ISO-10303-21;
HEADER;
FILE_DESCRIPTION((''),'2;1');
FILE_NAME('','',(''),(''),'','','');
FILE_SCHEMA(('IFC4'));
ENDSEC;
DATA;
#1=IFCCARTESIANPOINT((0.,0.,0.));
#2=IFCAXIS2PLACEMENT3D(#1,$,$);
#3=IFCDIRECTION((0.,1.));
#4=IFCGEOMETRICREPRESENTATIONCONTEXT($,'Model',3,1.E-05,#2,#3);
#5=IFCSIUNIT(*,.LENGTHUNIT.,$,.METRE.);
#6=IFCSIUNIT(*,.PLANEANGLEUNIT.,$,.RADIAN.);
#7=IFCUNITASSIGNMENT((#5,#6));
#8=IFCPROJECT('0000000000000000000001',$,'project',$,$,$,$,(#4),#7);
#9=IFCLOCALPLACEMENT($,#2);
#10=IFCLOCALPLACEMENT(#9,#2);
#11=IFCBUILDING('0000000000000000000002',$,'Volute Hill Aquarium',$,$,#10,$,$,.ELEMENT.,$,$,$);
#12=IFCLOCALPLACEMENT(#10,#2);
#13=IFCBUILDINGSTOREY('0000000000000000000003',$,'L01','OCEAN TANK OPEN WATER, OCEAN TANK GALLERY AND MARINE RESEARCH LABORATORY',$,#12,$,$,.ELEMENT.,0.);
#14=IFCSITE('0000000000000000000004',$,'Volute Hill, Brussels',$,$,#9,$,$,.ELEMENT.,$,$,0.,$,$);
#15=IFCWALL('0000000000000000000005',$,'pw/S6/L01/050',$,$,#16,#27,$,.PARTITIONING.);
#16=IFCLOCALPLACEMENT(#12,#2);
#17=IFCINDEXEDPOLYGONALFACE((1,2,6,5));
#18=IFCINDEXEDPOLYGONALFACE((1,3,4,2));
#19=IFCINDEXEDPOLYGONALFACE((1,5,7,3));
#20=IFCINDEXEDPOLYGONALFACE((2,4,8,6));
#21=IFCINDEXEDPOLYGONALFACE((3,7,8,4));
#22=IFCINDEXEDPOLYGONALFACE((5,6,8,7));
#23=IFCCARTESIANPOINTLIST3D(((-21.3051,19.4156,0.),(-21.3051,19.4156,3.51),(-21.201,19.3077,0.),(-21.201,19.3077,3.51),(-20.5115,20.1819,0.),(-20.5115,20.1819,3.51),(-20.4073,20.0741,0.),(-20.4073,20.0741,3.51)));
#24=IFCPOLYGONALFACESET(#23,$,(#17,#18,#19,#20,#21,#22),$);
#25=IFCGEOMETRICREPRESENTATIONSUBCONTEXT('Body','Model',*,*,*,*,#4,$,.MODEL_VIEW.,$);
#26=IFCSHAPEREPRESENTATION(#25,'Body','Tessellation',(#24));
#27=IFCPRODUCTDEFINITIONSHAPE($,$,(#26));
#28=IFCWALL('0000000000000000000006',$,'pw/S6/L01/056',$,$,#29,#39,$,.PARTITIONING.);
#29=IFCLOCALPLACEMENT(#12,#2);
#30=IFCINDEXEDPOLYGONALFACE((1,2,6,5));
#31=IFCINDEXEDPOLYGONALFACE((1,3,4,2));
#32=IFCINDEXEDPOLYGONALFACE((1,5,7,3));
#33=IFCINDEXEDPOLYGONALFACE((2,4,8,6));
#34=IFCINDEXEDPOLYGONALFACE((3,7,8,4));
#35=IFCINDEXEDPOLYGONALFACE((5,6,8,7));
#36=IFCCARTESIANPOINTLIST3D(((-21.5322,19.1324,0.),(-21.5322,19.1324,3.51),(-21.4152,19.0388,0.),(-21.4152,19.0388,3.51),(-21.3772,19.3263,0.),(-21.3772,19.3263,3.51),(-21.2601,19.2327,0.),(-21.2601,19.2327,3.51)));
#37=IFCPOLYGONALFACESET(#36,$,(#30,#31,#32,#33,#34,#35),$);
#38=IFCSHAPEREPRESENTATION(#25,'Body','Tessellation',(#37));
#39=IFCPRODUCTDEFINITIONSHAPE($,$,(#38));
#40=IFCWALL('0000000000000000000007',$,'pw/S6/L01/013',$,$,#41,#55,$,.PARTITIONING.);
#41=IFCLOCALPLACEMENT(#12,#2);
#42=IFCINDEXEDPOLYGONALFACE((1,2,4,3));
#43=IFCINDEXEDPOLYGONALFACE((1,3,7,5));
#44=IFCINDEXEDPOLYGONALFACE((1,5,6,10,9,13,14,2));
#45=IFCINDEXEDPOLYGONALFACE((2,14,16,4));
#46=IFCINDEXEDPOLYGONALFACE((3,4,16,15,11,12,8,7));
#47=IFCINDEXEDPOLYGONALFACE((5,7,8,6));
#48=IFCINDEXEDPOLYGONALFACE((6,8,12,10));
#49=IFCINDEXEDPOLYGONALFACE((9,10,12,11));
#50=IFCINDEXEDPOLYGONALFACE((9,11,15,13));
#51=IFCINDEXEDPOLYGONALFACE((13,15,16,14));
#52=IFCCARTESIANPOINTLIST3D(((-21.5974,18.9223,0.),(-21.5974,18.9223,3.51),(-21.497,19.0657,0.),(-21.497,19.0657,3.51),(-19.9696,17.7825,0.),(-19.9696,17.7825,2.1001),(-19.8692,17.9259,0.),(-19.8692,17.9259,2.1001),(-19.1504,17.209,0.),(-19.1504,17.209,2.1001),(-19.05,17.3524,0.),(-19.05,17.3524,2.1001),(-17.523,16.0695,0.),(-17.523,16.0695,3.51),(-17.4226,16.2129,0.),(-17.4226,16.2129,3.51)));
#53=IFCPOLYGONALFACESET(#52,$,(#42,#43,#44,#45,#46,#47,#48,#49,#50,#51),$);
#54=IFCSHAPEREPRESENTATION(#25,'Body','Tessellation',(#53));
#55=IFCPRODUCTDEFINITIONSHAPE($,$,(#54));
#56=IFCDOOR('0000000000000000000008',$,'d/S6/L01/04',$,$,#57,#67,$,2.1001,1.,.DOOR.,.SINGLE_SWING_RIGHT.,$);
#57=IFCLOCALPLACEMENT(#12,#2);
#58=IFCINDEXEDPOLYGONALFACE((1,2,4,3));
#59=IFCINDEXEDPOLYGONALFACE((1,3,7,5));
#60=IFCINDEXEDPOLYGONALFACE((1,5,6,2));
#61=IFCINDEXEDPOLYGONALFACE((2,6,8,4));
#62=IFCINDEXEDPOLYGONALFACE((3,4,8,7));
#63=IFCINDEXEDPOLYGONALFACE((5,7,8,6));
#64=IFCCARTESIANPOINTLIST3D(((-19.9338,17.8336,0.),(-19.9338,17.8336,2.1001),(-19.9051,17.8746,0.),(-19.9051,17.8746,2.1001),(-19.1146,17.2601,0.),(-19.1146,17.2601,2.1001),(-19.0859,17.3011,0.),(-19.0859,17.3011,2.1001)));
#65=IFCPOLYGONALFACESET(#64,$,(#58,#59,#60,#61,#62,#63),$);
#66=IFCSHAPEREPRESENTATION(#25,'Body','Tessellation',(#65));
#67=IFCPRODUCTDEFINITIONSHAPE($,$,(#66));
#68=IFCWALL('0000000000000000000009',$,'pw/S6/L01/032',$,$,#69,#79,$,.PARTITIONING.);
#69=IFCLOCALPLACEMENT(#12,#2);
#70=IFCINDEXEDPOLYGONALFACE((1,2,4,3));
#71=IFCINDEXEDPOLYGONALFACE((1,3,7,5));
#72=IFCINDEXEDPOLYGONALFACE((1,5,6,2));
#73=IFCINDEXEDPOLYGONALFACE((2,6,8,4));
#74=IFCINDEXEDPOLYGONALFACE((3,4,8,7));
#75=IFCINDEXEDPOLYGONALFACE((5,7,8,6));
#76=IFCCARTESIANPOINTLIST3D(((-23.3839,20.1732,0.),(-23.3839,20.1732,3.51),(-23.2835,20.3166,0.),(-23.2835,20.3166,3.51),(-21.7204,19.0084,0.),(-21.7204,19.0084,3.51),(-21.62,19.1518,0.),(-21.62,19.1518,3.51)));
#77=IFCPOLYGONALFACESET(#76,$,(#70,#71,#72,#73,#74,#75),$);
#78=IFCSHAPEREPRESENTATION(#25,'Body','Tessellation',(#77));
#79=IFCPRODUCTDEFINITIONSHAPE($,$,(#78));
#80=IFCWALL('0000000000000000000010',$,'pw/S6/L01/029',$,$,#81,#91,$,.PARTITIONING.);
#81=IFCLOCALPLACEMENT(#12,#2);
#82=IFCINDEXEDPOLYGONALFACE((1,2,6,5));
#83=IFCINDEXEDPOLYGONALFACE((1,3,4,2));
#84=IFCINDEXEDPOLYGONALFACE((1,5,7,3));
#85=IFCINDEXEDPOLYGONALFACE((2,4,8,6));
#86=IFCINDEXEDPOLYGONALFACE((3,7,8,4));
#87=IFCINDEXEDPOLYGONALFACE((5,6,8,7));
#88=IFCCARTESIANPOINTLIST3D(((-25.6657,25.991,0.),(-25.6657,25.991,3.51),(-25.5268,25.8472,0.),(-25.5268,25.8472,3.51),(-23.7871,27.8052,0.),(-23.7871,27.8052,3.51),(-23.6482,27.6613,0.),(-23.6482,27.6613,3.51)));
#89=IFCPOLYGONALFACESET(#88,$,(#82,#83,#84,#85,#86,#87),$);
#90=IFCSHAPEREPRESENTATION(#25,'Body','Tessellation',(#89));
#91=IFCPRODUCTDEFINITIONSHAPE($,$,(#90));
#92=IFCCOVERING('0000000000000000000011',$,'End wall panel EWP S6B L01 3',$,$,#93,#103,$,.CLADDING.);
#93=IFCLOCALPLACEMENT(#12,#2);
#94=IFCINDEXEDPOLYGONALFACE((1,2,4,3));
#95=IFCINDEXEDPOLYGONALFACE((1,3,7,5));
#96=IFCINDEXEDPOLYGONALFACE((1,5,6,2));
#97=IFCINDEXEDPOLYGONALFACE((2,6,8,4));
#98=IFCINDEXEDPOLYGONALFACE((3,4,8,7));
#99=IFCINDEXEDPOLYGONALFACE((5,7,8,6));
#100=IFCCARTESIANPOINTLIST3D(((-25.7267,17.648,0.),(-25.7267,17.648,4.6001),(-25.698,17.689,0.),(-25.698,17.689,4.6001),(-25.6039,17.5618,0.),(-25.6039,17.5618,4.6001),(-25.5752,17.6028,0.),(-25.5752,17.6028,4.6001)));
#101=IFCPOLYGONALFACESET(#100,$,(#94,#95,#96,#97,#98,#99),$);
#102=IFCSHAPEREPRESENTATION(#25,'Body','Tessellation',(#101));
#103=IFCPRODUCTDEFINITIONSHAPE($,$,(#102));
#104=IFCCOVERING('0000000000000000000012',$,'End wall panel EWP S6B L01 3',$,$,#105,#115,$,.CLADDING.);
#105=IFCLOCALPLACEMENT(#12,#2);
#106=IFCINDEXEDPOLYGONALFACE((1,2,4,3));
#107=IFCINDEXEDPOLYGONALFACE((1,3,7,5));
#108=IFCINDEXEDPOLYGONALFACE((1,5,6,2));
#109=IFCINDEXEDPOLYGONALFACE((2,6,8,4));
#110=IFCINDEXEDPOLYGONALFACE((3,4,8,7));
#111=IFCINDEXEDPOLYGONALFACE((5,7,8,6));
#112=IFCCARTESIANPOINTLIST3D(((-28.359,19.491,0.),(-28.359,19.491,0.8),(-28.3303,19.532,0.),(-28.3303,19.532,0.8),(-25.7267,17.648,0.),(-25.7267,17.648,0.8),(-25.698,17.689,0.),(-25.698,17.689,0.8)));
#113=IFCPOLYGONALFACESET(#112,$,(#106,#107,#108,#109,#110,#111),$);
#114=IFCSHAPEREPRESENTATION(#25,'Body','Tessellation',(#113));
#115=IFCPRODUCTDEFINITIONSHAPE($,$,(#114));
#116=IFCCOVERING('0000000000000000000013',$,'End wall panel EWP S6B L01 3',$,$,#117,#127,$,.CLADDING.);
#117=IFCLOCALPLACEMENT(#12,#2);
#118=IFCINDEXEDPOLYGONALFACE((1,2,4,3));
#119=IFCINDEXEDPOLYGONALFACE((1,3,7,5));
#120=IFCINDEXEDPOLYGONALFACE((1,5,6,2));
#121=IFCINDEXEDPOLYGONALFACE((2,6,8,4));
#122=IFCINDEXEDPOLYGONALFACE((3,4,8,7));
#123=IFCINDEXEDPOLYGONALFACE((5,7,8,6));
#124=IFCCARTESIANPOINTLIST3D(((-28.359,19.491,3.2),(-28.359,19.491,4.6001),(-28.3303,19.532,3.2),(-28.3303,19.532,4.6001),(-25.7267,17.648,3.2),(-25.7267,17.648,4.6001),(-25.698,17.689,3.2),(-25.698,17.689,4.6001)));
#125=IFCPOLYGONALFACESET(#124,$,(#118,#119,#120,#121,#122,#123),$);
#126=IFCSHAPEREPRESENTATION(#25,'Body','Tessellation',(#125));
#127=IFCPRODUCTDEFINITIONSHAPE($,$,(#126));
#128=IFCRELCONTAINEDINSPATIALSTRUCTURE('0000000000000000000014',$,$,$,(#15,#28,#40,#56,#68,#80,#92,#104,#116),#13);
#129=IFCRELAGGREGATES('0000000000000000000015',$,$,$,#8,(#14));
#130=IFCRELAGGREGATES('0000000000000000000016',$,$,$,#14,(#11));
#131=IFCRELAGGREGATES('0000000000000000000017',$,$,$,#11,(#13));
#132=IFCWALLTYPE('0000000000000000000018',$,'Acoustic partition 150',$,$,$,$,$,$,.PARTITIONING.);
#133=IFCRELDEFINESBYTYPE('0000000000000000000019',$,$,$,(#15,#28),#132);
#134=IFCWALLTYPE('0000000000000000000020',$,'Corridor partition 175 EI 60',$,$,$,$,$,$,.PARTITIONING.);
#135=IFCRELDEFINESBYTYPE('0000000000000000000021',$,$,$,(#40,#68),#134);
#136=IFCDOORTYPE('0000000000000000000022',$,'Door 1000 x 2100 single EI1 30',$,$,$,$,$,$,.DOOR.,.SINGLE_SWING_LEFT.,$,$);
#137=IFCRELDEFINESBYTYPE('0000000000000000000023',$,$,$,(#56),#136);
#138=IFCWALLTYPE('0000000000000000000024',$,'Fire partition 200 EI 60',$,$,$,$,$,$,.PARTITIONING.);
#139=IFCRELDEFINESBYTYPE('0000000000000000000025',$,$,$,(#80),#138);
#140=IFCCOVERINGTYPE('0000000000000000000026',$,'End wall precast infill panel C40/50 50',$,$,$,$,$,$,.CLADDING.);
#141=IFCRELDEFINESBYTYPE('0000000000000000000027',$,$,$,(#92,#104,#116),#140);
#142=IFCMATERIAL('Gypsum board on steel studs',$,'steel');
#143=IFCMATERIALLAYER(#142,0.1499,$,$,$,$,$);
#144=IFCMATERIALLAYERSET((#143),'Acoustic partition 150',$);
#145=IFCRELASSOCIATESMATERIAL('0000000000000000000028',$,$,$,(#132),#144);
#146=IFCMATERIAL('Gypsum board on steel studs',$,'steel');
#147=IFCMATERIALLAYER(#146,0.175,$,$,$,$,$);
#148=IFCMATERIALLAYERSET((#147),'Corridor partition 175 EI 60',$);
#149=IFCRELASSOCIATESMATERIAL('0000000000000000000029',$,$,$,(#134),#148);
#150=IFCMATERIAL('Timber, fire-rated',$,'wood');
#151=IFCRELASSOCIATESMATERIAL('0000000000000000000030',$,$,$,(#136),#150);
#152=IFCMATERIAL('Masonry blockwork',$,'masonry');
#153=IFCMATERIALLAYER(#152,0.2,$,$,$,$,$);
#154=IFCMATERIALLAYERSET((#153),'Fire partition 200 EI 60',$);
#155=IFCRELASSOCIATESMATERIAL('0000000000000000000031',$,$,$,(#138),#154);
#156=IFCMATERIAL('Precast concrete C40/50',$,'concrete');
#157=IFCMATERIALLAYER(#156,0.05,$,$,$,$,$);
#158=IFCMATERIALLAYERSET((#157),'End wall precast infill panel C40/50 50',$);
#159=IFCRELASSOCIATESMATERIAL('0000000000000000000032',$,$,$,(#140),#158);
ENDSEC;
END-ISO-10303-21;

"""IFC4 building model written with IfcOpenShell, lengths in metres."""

from ifc_helpers import new_model, si_unit, direction, frame, frame_2d, origin, place, context, subcontext, project, spatial, polyline, rectangle, outline, extrude, material, layer, layer_set, type_object, element, fill, save


model = new_model("IFC4")

# Units and contexts
model_context = context("Model", 3, precision=1e-05, world=origin(), true_north=direction((0.0, 1.0)))
body_context = subcontext(model_context, "Body", "Model", "MODEL_VIEW")
ifc_project = project(units=[si_unit("LENGTHUNIT", "METRE"), si_unit("PLANEANGLEUNIT", "RADIAN")], contexts=[model_context])

# Site, building, storey
site_placement = place(None, origin())
site = spatial("IfcSite", under=ifc_project, at=site_placement, Name="Volute Hill, Brussels", CompositionType="ELEMENT", RefElevation=0.0)
building_placement = place(site_placement, origin())
building = spatial("IfcBuilding", under=site, at=building_placement, Name="Volute Hill Aquarium", CompositionType="ELEMENT")
storey_placement = place(building_placement, origin())
storey = spatial("IfcBuildingStorey", under=building, at=storey_placement, Name="L01", Description="OCEAN TANK OPEN WATER, OCEAN TANK GALLERY AND MARINE RESEARCH LABORATORY", CompositionType="ELEMENT", Elevation=0.0)

# Walls
ifc_material_1 = material(Name="Gypsum board on steel studs", Category="steel")
ifc_layer_1 = layer(ifc_material_1, 0.1499)
ifc_layer_set_1 = layer_set([ifc_layer_1], Name="Acoustic partition 150")
wall_type_1 = type_object("IfcWallType", Name="Acoustic partition 150", PredefinedType="PARTITIONING", material=ifc_layer_set_1)
wall_1_placement = place(storey_placement, frame((-21.2532, 19.3616, 0.0), z_axis=(0.0, 0.0, 1.0), x_axis=(0.71939, 0.694606, 0.0)))
element("IfcWall", 1, at=wall_1_placement, inside=storey, type_object=wall_type_1, Name="pw/S6/L01/050", PredefinedType="PARTITIONING", context=body_context, shape_type="SweptSolid", body=[
    extrude(rectangle(XDim=1.1033, YDim=0.1499, at=frame_2d((0.5518, 0.0))), origin(), (0.0, 0.0, 1.0), 3.51),
])
wall_2_placement = place(storey_placement, frame((-21.4736, 19.0857, 0.0), z_axis=(0.0, 0.0, 1.0), x_axis=(0.624575, 0.780965, 0.0)))
element("IfcWall", 2, at=wall_2_placement, inside=storey, type_object=wall_type_1, Name="pw/S6/L01/056", PredefinedType="PARTITIONING", context=body_context, shape_type="SweptSolid", body=[
    extrude(rectangle(XDim=0.2483, YDim=0.1499, at=frame_2d((0.124, 0.0))), origin(), (0.0, 0.0, 1.0), 3.51),
])

# Wall, opening, door
ifc_material_2 = material(Name="Gypsum board on steel studs", Category="steel")
ifc_layer_2 = layer(ifc_material_2, 0.175)
ifc_layer_set_2 = layer_set([ifc_layer_2], Name="Corridor partition 175 EI 60")
wall_type_2 = type_object("IfcWallType", Name="Corridor partition 175 EI 60", PredefinedType="PARTITIONING", material=ifc_layer_set_2)
wall_3_placement = place(storey_placement, frame((-21.5471, 18.9939, 0.0), z_axis=(0.0, 0.0, 1.0), x_axis=(0.81917, -0.573551, 0.0)))
wall_3 = element("IfcWall", 3, at=wall_3_placement, inside=storey, type_object=wall_type_2, Name="pw/S6/L01/013", PredefinedType="PARTITIONING", context=body_context, shape_type="SweptSolid", body=[
    extrude(rectangle(XDim=4.9739, YDim=0.175, at=frame_2d((2.4868, 0.0))), origin(), (0.0, 0.0, 1.0), 3.51),
])
opening_placement = place(wall_3_placement, frame((1.9871, 0.0, 0.0)))
opening = element("IfcOpeningElement", 4, at=opening_placement, cuts=wall_3, PredefinedType="OPENING", context=body_context, shape_type="SweptSolid", body=[
    extrude(rectangle(XDim=1.0, YDim=2.1001, at=frame_2d((0.5, 1.05))), frame((0.0, 0.0974, 0.0), z_axis=(0.0, -1.0, 0.0), x_axis=(1.0, 0.0, 0.0)), (0.0, 0.0, 1.0), 0.1951),
])
ifc_material_3 = material(Name="Timber, fire-rated", Category="wood")
door_type = type_object("IfcDoorType", Name="Door 1000 x 2100 single EI1 30", OperationType="SINGLE_SWING_LEFT", PredefinedType="DOOR", material=ifc_material_3)
door_placement = place(opening_placement, origin())
door = element("IfcDoor", 5, at=door_placement, inside=storey, type_object=door_type, Name="d/S6/L01/04", OperationType="SINGLE_SWING_RIGHT", OverallHeight=2.1001, OverallWidth=1.0, PredefinedType="DOOR", context=body_context, shape_type="SweptSolid", body=[
    extrude(rectangle(XDim=1.0, YDim=2.1001, at=frame_2d((0.5, 1.05))), frame((0.0, 0.0249, 0.0), z_axis=(0.0, -1.0, 0.0), x_axis=(1.0, 0.0, 0.0)), (0.0, 0.0, 1.0), 0.05),
])
fill(opening, door)

# Walls
wall_4_placement = place(storey_placement, frame((-23.3337, 20.2449, 0.0), z_axis=(0.0, 0.0, 1.0), x_axis=(0.819164, -0.573559, 0.0)))
element("IfcWall", 6, at=wall_4_placement, inside=storey, type_object=wall_type_2, Name="pw/S6/L01/032", PredefinedType="PARTITIONING", context=body_context, shape_type="SweptSolid", body=[
    extrude(rectangle(XDim=2.0308, YDim=0.175, at=frame_2d((1.0154, 0.0))), origin(), (0.0, 0.0, 1.0), 3.51),
])
ifc_material_4 = material(Name="Masonry blockwork", Category="masonry")
ifc_layer_3 = layer(ifc_material_4, 0.2)
ifc_layer_set_3 = layer_set([ifc_layer_3], Name="Fire partition 200 EI 60")
wall_type_3 = type_object("IfcWallType", Name="Fire partition 200 EI 60", PredefinedType="PARTITIONING", material=ifc_layer_set_3)
wall_5_placement = place(storey_placement, frame((-25.5962, 25.9192, 0.0), z_axis=(0.0, 0.0, 1.0), x_axis=(0.719339, 0.69466, 0.0)))
element("IfcWall", 7, at=wall_5_placement, inside=storey, type_object=wall_type_3, Name="pw/S6/L01/029", PredefinedType="PARTITIONING", context=body_context, shape_type="SweptSolid", body=[
    extrude(rectangle(XDim=2.6116, YDim=0.2, at=frame_2d((1.3057, 0.0))), origin(), (0.0, 0.0, 1.0), 3.51),
])

# Coverings
ifc_material_5 = material(Name="Precast concrete C40/50", Category="concrete")
ifc_layer_4 = layer(ifc_material_5, 0.05)
ifc_layer_set_4 = layer_set([ifc_layer_4], Name="End wall precast infill panel C40/50 50")
covering_type = type_object("IfcCoveringType", Name="End wall precast infill panel C40/50 50", PredefinedType="CLADDING", material=ifc_layer_set_4)
covering_1_placement = place(storey_placement, frame((-25.5752, 17.6028, 0.0), z_axis=(0.574445, 0.818543, 0.0), x_axis=(-0.818543, 0.574445, 0.0)))
element("IfcCovering", 8, at=covering_1_placement, inside=storey, type_object=covering_type, Name="End wall panel EWP S6B L01 3", PredefinedType="CLADDING", context=body_context, shape_type="SweptSolid", body=[
    extrude(outline(polyline([(0.0, 0.0), (0.15, 0.0), (0.15, 4.6001), (0.0, 4.6001), (0.0, 0.0)])), origin(), (0.0, 0.0, -1.0), 0.05),
])
covering_2_placement = place(storey_placement, frame((-25.698, 17.689, 0.0), z_axis=(0.573544, 0.819175, 0.0), x_axis=(-0.819175, 0.573544, 0.0)))
element("IfcCovering", 9, at=covering_2_placement, inside=storey, type_object=covering_type, Name="End wall panel EWP S6B L01 3", PredefinedType="CLADDING", context=body_context, shape_type="SweptSolid", body=[
    extrude(outline(polyline([(0.0, 0.0), (3.2134, 0.0), (3.2134, 0.8), (0.0, 0.8), (0.0, 0.0)])), origin(), (0.0, 0.0, -1.0), 0.05),
])
covering_3_placement = place(storey_placement, frame((-25.698, 17.689, 3.2), z_axis=(0.573544, 0.819175, 0.0), x_axis=(-0.819175, 0.573544, 0.0)))
element("IfcCovering", 10, at=covering_3_placement, inside=storey, type_object=covering_type, Name="End wall panel EWP S6B L01 3", PredefinedType="CLADDING", context=body_context, shape_type="SweptSolid", body=[
    extrude(outline(polyline([(0.0, 0.0), (3.2134, 0.0), (3.2134, 1.4001), (0.0, 1.4001), (0.0, 0.0)])), origin(), (0.0, 0.0, -1.0), 0.05),
])

save(model, "model.ifc")
